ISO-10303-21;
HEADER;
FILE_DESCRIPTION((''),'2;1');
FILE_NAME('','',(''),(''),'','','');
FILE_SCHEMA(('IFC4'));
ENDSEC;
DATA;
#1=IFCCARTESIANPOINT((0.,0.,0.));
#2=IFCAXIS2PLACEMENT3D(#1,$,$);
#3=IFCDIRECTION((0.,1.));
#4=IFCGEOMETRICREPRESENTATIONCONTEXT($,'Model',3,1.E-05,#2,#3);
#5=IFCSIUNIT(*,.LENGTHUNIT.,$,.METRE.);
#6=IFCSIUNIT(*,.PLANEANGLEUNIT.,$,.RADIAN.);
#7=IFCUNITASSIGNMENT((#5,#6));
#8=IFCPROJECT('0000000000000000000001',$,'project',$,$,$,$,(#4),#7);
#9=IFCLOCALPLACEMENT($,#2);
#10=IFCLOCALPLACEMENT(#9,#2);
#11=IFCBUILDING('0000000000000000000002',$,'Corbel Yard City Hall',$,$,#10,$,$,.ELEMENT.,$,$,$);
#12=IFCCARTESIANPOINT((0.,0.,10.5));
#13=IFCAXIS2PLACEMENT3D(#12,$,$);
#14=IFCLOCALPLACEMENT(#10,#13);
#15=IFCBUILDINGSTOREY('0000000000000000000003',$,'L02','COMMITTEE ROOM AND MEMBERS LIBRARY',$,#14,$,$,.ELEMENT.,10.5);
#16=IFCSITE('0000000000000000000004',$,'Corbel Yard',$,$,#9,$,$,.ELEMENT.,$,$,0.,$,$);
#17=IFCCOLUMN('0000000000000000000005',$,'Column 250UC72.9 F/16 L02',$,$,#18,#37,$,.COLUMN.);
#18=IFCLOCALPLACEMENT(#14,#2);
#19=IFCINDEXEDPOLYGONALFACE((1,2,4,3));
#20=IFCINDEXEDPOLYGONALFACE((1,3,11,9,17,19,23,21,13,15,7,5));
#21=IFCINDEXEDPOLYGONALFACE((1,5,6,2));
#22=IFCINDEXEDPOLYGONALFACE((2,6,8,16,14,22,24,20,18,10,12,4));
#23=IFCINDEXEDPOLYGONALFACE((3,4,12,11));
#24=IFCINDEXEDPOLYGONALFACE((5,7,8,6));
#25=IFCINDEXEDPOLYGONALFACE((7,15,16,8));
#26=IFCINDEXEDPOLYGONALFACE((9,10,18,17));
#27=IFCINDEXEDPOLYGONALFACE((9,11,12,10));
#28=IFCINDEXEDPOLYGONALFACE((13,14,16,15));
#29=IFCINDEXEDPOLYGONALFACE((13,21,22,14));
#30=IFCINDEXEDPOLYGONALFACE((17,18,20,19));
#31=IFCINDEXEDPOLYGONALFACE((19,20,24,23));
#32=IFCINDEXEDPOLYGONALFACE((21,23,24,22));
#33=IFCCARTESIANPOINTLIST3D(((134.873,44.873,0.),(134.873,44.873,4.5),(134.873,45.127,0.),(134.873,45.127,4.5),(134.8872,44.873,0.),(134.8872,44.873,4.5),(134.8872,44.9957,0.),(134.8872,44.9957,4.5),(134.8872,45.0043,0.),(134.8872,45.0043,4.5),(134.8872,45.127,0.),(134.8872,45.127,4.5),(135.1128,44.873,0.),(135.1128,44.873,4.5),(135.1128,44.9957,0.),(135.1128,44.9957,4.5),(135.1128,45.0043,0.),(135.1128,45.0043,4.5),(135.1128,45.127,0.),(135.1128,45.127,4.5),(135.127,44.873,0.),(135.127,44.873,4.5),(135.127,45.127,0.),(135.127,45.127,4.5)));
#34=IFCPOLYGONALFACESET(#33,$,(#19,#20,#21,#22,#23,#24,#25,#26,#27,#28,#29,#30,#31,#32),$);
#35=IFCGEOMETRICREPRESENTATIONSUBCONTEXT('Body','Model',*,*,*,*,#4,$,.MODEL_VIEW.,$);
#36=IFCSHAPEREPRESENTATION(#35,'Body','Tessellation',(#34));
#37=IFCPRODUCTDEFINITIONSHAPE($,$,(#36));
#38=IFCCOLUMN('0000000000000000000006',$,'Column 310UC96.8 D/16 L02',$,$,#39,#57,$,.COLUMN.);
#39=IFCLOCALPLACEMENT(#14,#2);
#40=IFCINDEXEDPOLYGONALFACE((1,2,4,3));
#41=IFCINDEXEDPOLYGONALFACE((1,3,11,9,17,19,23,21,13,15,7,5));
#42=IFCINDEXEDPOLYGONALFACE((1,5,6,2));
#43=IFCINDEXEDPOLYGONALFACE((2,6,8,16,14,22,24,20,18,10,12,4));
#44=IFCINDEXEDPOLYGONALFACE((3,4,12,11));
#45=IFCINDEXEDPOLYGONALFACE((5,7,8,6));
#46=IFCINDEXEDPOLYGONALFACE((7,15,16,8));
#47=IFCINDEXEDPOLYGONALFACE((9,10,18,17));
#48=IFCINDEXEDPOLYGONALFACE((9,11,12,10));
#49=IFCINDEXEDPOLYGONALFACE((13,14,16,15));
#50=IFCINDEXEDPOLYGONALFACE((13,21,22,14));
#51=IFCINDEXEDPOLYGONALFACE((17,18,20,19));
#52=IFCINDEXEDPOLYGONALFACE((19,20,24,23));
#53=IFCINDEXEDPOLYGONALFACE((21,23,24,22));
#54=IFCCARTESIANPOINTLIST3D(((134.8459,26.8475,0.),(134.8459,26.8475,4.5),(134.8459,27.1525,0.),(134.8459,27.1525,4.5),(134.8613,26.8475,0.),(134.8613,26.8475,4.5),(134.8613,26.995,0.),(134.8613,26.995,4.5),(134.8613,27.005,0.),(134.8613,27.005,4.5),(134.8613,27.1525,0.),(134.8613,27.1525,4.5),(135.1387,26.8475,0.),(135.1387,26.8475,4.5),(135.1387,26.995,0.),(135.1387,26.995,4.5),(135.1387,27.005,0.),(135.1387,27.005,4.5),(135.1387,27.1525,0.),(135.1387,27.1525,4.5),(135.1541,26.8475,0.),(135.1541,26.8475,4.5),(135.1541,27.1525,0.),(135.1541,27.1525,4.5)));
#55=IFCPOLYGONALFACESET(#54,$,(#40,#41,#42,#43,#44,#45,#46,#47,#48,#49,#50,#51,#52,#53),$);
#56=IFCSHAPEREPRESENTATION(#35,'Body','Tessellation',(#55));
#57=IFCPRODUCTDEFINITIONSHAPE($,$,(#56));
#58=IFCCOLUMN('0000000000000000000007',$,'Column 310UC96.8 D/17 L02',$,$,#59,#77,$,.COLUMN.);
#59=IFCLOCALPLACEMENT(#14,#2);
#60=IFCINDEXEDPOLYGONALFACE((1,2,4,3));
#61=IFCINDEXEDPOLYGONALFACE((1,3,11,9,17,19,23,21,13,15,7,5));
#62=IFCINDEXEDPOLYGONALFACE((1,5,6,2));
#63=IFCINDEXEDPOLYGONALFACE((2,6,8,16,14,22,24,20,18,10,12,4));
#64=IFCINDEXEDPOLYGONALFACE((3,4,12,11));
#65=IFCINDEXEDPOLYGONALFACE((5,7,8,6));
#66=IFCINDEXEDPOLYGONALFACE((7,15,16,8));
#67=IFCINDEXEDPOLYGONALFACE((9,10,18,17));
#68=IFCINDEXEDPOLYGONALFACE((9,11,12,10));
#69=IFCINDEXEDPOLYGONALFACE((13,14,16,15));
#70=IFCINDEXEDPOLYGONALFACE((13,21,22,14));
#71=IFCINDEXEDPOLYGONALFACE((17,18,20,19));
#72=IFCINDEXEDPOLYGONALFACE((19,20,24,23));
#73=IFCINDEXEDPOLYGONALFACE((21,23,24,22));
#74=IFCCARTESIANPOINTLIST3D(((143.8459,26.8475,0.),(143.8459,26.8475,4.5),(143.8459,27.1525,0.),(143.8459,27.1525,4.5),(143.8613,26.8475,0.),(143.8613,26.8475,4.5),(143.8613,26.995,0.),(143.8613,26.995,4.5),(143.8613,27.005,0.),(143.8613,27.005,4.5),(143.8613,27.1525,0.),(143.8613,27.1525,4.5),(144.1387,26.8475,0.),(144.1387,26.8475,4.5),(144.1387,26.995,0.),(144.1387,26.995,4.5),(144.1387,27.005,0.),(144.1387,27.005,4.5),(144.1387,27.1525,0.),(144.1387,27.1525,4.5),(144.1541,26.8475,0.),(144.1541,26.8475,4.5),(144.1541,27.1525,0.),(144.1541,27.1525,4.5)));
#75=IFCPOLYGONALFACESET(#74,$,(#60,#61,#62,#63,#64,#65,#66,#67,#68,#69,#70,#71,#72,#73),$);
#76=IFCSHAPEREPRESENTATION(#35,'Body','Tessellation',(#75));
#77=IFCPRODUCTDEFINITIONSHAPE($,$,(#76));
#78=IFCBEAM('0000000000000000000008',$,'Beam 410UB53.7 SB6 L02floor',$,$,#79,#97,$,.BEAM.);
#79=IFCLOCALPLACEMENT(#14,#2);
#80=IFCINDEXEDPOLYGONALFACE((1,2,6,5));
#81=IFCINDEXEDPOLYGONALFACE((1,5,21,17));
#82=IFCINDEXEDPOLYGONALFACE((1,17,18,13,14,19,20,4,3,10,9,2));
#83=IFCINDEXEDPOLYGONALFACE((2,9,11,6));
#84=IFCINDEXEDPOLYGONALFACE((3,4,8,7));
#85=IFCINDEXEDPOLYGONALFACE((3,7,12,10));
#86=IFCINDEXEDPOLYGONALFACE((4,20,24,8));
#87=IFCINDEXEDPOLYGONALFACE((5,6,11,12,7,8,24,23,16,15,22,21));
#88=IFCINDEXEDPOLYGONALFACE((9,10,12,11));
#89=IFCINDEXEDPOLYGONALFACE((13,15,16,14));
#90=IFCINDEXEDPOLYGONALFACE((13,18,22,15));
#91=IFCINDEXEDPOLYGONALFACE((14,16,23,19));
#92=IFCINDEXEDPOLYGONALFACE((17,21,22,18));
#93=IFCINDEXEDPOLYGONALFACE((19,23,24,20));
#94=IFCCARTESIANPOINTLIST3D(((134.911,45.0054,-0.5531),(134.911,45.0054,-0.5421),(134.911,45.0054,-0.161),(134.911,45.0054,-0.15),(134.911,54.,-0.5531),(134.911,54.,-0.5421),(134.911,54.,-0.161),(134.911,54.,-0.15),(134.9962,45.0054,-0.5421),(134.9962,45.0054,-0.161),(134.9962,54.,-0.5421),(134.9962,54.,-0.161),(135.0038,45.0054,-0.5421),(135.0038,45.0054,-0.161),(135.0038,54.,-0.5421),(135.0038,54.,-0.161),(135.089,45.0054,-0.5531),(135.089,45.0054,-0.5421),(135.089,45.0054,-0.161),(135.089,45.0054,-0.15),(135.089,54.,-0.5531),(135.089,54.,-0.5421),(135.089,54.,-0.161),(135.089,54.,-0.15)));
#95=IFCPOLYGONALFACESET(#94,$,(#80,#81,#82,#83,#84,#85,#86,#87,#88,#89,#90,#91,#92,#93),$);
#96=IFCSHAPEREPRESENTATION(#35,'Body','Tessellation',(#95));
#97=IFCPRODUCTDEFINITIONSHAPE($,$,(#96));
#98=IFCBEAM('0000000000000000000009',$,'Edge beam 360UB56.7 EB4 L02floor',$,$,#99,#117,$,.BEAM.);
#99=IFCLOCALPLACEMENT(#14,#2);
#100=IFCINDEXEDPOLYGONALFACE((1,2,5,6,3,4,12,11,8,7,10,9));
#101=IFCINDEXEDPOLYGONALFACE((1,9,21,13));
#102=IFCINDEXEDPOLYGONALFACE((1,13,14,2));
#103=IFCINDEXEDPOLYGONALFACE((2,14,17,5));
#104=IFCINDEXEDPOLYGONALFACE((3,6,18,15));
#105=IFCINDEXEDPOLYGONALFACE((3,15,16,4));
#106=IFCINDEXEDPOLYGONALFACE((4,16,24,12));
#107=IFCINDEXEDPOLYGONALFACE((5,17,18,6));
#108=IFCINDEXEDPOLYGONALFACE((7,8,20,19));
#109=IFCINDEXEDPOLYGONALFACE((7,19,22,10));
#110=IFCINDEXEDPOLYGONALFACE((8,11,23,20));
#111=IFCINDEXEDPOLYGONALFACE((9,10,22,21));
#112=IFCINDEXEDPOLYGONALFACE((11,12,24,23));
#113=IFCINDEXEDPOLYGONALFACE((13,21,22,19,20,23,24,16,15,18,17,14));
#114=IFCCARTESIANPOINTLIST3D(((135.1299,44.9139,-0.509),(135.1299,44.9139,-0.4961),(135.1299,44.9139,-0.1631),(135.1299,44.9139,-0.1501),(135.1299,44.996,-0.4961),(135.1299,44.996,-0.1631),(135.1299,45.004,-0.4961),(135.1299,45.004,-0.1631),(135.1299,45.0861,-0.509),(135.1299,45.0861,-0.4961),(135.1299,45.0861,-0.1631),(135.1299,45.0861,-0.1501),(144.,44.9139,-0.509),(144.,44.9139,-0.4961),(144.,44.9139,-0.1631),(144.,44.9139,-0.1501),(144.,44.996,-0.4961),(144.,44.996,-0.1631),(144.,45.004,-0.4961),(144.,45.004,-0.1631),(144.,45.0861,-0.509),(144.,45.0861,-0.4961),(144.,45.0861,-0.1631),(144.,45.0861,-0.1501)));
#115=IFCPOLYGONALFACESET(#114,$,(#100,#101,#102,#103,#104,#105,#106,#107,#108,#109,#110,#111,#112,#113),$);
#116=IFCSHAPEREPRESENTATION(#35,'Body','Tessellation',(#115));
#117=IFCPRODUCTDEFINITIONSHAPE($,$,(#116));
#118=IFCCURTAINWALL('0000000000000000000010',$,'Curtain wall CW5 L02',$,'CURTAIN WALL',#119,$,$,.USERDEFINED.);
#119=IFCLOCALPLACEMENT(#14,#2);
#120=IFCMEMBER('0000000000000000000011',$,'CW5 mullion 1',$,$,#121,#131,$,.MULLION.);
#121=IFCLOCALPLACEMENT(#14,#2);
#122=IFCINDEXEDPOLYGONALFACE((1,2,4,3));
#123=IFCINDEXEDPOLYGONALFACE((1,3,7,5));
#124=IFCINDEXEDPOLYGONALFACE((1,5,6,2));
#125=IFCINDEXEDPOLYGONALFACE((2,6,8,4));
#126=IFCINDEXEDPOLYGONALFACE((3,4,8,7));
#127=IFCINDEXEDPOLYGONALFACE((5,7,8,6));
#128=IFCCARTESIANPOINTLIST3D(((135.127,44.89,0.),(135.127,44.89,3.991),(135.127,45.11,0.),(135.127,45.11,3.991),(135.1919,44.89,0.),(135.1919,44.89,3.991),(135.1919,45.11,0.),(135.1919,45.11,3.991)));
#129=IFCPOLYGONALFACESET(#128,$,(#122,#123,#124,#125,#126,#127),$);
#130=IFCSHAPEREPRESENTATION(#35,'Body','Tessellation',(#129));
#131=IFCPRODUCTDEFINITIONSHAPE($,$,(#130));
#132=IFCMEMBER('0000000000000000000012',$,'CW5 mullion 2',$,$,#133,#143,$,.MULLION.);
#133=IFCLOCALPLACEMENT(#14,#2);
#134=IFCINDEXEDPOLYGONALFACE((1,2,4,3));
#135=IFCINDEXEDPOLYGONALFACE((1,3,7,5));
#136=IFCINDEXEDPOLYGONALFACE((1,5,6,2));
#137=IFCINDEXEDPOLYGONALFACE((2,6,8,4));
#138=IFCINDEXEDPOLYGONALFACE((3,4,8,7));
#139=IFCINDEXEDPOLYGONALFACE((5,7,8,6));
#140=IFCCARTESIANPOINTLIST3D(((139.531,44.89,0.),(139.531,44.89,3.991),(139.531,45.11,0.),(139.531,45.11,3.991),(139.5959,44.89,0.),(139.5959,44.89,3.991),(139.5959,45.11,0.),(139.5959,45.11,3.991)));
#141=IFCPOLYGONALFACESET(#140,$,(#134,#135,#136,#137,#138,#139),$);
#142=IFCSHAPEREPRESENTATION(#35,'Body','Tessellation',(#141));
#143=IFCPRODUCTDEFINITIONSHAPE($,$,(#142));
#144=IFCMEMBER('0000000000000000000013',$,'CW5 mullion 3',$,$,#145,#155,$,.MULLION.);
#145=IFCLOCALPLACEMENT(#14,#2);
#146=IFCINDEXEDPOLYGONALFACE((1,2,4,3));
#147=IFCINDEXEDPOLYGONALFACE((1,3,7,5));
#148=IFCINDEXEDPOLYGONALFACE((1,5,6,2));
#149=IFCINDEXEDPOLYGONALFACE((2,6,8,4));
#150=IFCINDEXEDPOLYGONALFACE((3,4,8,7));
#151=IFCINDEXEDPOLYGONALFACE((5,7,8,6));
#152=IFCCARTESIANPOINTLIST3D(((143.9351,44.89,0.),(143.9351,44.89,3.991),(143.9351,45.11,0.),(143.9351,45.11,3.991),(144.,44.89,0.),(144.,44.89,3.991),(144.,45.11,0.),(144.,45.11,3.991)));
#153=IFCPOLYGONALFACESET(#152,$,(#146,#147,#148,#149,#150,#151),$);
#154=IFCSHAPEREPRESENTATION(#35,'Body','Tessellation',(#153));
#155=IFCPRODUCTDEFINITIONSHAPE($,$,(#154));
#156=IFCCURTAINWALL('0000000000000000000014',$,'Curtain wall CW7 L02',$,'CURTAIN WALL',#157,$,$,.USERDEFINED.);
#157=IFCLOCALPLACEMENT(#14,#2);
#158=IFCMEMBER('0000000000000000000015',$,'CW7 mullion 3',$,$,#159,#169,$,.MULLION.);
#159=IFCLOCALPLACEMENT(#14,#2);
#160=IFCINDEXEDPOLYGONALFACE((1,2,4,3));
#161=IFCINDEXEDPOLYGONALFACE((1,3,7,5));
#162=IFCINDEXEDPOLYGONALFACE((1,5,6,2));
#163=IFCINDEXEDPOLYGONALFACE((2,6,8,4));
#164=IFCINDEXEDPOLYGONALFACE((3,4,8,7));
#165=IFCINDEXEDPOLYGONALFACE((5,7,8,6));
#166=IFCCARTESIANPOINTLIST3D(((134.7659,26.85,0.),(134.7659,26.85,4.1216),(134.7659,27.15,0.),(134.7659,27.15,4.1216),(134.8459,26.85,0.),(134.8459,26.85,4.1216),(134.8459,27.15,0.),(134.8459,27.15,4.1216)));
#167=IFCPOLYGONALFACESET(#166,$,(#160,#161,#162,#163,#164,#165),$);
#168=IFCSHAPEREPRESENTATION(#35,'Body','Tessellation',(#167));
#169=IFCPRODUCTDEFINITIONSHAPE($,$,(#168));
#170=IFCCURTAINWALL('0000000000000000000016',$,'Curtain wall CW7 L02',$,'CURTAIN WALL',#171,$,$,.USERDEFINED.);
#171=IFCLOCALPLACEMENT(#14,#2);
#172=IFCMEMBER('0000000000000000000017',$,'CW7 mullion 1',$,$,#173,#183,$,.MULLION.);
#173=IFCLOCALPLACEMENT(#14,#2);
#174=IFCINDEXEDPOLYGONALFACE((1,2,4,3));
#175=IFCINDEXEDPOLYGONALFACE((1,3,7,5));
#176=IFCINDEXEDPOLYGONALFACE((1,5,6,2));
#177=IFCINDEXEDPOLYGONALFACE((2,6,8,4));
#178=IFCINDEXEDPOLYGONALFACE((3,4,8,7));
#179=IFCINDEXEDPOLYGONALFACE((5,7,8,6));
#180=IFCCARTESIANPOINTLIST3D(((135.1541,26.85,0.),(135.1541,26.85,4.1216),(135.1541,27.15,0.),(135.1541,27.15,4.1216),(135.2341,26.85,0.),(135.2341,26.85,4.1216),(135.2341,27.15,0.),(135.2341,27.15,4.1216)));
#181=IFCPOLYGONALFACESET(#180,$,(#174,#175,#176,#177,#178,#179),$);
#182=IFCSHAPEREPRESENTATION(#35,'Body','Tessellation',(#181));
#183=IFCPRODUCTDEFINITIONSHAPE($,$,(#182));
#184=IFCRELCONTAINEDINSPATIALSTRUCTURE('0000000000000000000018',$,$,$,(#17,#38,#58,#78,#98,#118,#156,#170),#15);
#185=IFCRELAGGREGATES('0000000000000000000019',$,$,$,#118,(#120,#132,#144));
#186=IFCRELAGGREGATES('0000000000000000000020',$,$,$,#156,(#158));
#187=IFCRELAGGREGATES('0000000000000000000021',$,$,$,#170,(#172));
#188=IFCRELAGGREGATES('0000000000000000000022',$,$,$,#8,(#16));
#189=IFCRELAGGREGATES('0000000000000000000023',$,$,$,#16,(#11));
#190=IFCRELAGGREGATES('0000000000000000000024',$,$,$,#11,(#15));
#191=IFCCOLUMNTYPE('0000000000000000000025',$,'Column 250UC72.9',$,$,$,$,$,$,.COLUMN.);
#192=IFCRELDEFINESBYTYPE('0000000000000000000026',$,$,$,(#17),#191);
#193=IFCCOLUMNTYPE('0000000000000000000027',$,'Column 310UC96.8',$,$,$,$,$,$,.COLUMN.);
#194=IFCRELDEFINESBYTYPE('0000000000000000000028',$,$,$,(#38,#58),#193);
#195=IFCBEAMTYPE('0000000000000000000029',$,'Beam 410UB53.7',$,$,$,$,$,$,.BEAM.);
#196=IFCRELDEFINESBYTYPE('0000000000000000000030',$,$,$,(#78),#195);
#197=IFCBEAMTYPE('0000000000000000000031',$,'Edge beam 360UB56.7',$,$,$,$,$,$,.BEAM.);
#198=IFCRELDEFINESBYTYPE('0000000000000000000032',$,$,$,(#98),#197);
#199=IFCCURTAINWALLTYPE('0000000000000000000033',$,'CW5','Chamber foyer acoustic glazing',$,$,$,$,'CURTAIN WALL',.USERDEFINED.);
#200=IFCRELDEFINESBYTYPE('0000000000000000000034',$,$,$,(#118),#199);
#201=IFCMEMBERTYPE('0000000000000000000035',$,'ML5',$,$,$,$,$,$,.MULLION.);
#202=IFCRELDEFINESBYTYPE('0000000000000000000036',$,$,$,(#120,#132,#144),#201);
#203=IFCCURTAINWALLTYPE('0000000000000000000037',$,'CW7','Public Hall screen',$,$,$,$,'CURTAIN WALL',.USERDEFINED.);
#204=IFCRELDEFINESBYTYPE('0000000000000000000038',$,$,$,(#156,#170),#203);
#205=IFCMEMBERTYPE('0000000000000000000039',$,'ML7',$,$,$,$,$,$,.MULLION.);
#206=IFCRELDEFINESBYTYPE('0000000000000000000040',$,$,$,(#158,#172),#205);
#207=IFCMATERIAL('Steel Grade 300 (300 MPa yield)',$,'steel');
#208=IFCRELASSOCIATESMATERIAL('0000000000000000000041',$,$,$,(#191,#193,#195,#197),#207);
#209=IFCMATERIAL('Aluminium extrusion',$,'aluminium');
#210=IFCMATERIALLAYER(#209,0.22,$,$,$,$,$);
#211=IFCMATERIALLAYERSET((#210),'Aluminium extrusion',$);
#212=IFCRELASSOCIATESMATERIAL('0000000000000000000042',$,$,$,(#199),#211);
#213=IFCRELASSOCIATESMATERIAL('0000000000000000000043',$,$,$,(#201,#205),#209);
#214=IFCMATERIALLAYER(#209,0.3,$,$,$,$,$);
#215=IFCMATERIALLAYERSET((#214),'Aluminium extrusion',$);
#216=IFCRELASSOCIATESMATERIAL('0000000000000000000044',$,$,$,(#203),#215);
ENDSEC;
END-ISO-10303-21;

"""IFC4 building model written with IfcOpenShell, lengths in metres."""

from ifc_helpers import new_model, si_unit, direction, frame, origin, origin_2d, place, context, subcontext, project, spatial, rectangle, i_section, extrude, material, layer, layer_set, material_profile, profile_set, type_object, element, aggregate, save


model = new_model("IFC4")

# Units and contexts
model_context = context("Model", 3, precision=1e-05, world=origin(), true_north=direction((0.0, 1.0)))
body_context = subcontext(model_context, "Body", "Model", "MODEL_VIEW")
ifc_project = project(units=[si_unit("LENGTHUNIT", "METRE"), si_unit("PLANEANGLEUNIT", "RADIAN")], contexts=[model_context])

# Site, building, storey
site_placement = place(None, origin())
site = spatial("IfcSite", under=ifc_project, at=site_placement, Name="Corbel Yard", CompositionType="ELEMENT", RefElevation=0.0)
building_placement = place(site_placement, origin())
building = spatial("IfcBuilding", under=site, at=building_placement, Name="Corbel Yard City Hall", CompositionType="ELEMENT")
storey_placement = place(building_placement, frame((0.0, 0.0, 10.5)))
storey = spatial("IfcBuildingStorey", under=building, at=storey_placement, Name="L02", Description="COMMITTEE ROOM AND MEMBERS LIBRARY", CompositionType="ELEMENT", Elevation=10.5)

# Columns
ifc_material_1 = material(Name="Steel Grade 300 (300 MPa yield)", Category="steel")
ifc_material_profile_1 = material_profile(ifc_material_1, i_section(OverallWidth=0.2539, OverallDepth=0.2539, WebThickness=0.0085, FlangeThickness=0.0142, at=origin_2d()), Name="250UC72.9")
ifc_profile_set_1 = profile_set([ifc_material_profile_1], Name="Steel Grade 300 (300 MPa yield)")
column_type_1 = type_object("IfcColumnType", Name="Column 250UC72.9", PredefinedType="COLUMN", material=ifc_profile_set_1)
column_placement = place(storey_placement, frame((135.0, 45.0, 0.0), z_axis=(0.0, 0.0, 1.0), x_axis=(0.0, 1.0, 0.0)))
element("IfcColumn", 1, at=column_placement, inside=storey, type_object=column_type_1, Name="Column 250UC72.9 F/16 L02", PredefinedType="COLUMN", context=body_context, shape_type="SweptSolid", body=[
    extrude(i_section(OverallWidth=0.2539, OverallDepth=0.2539, WebThickness=0.0085, FlangeThickness=0.0142, at=origin_2d()), origin(), (0.0, 0.0, 1.0), 4.5),
])
ifc_material_profile_2 = material_profile(ifc_material_1, i_section(OverallWidth=0.3049, OverallDepth=0.3081, WebThickness=0.01, FlangeThickness=0.0154, at=origin_2d()), Name="310UC96.8")
ifc_profile_set_2 = profile_set([ifc_material_profile_2], Name="Steel Grade 300 (300 MPa yield)")
column_type_2 = type_object("IfcColumnType", Name="Column 310UC96.8", PredefinedType="COLUMN", material=ifc_profile_set_2)
for number, where, z_axis, x_axis, name in (
    (2, (135.0, 27.0, 0.0), (0.0, 0.0, 1.0), (0.0, 1.0, 0.0), "Column 310UC96.8 D/16 L02"),
    (3, (144.0, 27.0, 0.0), (0.0, 0.0, 1.0), (0.0, 1.0, 0.0), "Column 310UC96.8 D/17 L02"),
):
    element("IfcColumn", number, at=place(storey_placement, frame(where, z_axis=z_axis, x_axis=x_axis)), inside=storey, type_object=column_type_2, Name=name, PredefinedType="COLUMN", context=body_context, shape_type="SweptSolid", body=[
        extrude(i_section(OverallWidth=0.3049, OverallDepth=0.3081, WebThickness=0.01, FlangeThickness=0.0154, at=origin_2d()), origin(), (0.0, 0.0, 1.0), 4.5),
    ])

# Beams
ifc_material_profile_3 = material_profile(ifc_material_1, i_section(OverallWidth=0.178, OverallDepth=0.4031, WebThickness=0.0076, FlangeThickness=0.011, at=origin_2d()), Name="410UB53.7")
ifc_profile_set_3 = profile_set([ifc_material_profile_3], Name="Steel Grade 300 (300 MPa yield)")
beam_type_1 = type_object("IfcBeamType", Name="Beam 410UB53.7", PredefinedType="BEAM", material=ifc_profile_set_3)
beam_1_placement = place(storey_placement, frame((135.0, 45.0054, -0.3516), z_axis=(0.0, 1.0, 0.0), x_axis=(-1.0, 0.0, 0.0)))
element("IfcBeam", 4, at=beam_1_placement, inside=storey, type_object=beam_type_1, Name="Beam 410UB53.7 SB6 L02floor", PredefinedType="BEAM", context=body_context, shape_type="SweptSolid", body=[
    extrude(i_section(OverallWidth=0.178, OverallDepth=0.4031, WebThickness=0.0076, FlangeThickness=0.011, at=origin_2d()), origin(), (0.0, 0.0, 1.0), 8.9946),
])
ifc_material_profile_4 = material_profile(ifc_material_1, i_section(OverallWidth=0.1721, OverallDepth=0.3589, WebThickness=0.0081, FlangeThickness=0.0129, at=origin_2d()), Name="360UB56.7")
ifc_profile_set_4 = profile_set([ifc_material_profile_4], Name="Steel Grade 300 (300 MPa yield)")
beam_type_2 = type_object("IfcBeamType", Name="Edge beam 360UB56.7", PredefinedType="BEAM", material=ifc_profile_set_4)
beam_2_placement = place(storey_placement, frame((135.1299, 45.0, -0.3296), z_axis=(1.0, 0.0, 0.0), x_axis=(0.0, 1.0, 0.0)))
element("IfcBeam", 5, at=beam_2_placement, inside=storey, type_object=beam_type_2, Name="Edge beam 360UB56.7 EB4 L02floor", PredefinedType="BEAM", context=body_context, shape_type="SweptSolid", body=[
    extrude(i_section(OverallWidth=0.1721, OverallDepth=0.3589, WebThickness=0.0081, FlangeThickness=0.0129, at=origin_2d()), origin(), (0.0, 0.0, 1.0), 8.8701),
])

# Curtain wall, members
ifc_material_2 = material(Name="Aluminium extrusion", Category="aluminium")
ifc_layer_1 = layer(ifc_material_2, 0.22)
ifc_layer_set_1 = layer_set([ifc_layer_1], Name="Aluminium extrusion")
curtain_wall_type_1 = type_object("IfcCurtainWallType", Name="CW5", Description="Chamber foyer acoustic glazing", ElementType="CURTAIN WALL", PredefinedType="USERDEFINED", material=ifc_layer_set_1)
curtain_wall_1_placement = place(storey_placement, origin())
curtain_wall_1 = element("IfcCurtainWall", 6, at=curtain_wall_1_placement, inside=storey, type_object=curtain_wall_type_1, Name="Curtain wall CW5 L02", ObjectType="CURTAIN WALL", PredefinedType="USERDEFINED")
ifc_material_profile_5 = material_profile(ifc_material_2, rectangle(XDim=0.22, YDim=0.0649, at=origin_2d()), Name="220x65")
ifc_profile_set_5 = profile_set([ifc_material_profile_5], Name="Aluminium extrusion")
member_type_1 = type_object("IfcMemberType", Name="ML5", PredefinedType="MULLION", material=ifc_profile_set_5)
member_1_placement = place(storey_placement, frame((135.1594, 45.0, 0.0), z_axis=(0.0, 0.0, 1.0), x_axis=(0.0, 1.0, 0.0)))
member_1 = element("IfcMember", 7, at=member_1_placement, type_object=member_type_1, Name="CW5 mullion 1", PredefinedType="MULLION", context=body_context, shape_type="SweptSolid", body=[
    extrude(rectangle(XDim=0.22, YDim=0.0649, at=origin_2d()), origin(), (0.0, 0.0, 1.0), 3.991),
])
member_2_placement = place(storey_placement, frame((139.5635, 45.0, 0.0), z_axis=(0.0, 0.0, 1.0), x_axis=(0.0, 1.0, 0.0)))
member_2 = element("IfcMember", 8, at=member_2_placement, type_object=member_type_1, Name="CW5 mullion 2", PredefinedType="MULLION", context=body_context, shape_type="SweptSolid", body=[
    extrude(rectangle(XDim=0.22, YDim=0.0649, at=origin_2d()), origin(), (0.0, 0.0, 1.0), 3.991),
])
member_3_placement = place(storey_placement, frame((143.9675, 45.0, 0.0), z_axis=(0.0, 0.0, 1.0), x_axis=(0.0, 1.0, 0.0)))
member_3 = element("IfcMember", 9, at=member_3_placement, type_object=member_type_1, Name="CW5 mullion 3", PredefinedType="MULLION", context=body_context, shape_type="SweptSolid", body=[
    extrude(rectangle(XDim=0.22, YDim=0.0649, at=origin_2d()), origin(), (0.0, 0.0, 1.0), 3.991),
])

# Curtain wall, member
ifc_layer_2 = layer(ifc_material_2, 0.3)
ifc_layer_set_2 = layer_set([ifc_layer_2], Name="Aluminium extrusion")
curtain_wall_type_2 = type_object("IfcCurtainWallType", Name="CW7", Description="Public Hall screen", ElementType="CURTAIN WALL", PredefinedType="USERDEFINED", material=ifc_layer_set_2)
curtain_wall_2_placement = place(storey_placement, origin())
curtain_wall_2 = element("IfcCurtainWall", 10, at=curtain_wall_2_placement, inside=storey, type_object=curtain_wall_type_2, Name="Curtain wall CW7 L02", ObjectType="CURTAIN WALL", PredefinedType="USERDEFINED")
ifc_material_profile_6 = material_profile(ifc_material_2, rectangle(XDim=0.3, YDim=0.0801, at=origin_2d()), Name="300x80")
ifc_profile_set_6 = profile_set([ifc_material_profile_6], Name="Aluminium extrusion")
member_type_2 = type_object("IfcMemberType", Name="ML7", PredefinedType="MULLION", material=ifc_profile_set_6)
member_4_placement = place(storey_placement, frame((134.8059, 27.0, 0.0), z_axis=(0.0, 0.0, 1.0), x_axis=(0.0, 1.0, 0.0)))
member_4 = element("IfcMember", 11, at=member_4_placement, type_object=member_type_2, Name="CW7 mullion 3", PredefinedType="MULLION", context=body_context, shape_type="SweptSolid", body=[
    extrude(rectangle(XDim=0.3, YDim=0.0801, at=origin_2d()), origin(), (0.0, 0.0, 1.0), 4.1216),
])

# Curtain wall, member
curtain_wall_3_placement = place(storey_placement, origin())
curtain_wall_3 = element("IfcCurtainWall", 12, at=curtain_wall_3_placement, inside=storey, type_object=curtain_wall_type_2, Name="Curtain wall CW7 L02", ObjectType="CURTAIN WALL", PredefinedType="USERDEFINED")
member_5_placement = place(storey_placement, frame((135.1941, 27.0, 0.0), z_axis=(0.0, 0.0, 1.0), x_axis=(0.0, 1.0, 0.0)))
member_5 = element("IfcMember", 13, at=member_5_placement, type_object=member_type_2, Name="CW7 mullion 1", PredefinedType="MULLION", context=body_context, shape_type="SweptSolid", body=[
    extrude(rectangle(XDim=0.3, YDim=0.0801, at=origin_2d()), origin(), (0.0, 0.0, 1.0), 4.1216),
])

aggregate(curtain_wall_1, [member_1, member_2, member_3])
aggregate(curtain_wall_2, [member_4])
aggregate(curtain_wall_3, [member_5])

save(model, "model.ifc")
